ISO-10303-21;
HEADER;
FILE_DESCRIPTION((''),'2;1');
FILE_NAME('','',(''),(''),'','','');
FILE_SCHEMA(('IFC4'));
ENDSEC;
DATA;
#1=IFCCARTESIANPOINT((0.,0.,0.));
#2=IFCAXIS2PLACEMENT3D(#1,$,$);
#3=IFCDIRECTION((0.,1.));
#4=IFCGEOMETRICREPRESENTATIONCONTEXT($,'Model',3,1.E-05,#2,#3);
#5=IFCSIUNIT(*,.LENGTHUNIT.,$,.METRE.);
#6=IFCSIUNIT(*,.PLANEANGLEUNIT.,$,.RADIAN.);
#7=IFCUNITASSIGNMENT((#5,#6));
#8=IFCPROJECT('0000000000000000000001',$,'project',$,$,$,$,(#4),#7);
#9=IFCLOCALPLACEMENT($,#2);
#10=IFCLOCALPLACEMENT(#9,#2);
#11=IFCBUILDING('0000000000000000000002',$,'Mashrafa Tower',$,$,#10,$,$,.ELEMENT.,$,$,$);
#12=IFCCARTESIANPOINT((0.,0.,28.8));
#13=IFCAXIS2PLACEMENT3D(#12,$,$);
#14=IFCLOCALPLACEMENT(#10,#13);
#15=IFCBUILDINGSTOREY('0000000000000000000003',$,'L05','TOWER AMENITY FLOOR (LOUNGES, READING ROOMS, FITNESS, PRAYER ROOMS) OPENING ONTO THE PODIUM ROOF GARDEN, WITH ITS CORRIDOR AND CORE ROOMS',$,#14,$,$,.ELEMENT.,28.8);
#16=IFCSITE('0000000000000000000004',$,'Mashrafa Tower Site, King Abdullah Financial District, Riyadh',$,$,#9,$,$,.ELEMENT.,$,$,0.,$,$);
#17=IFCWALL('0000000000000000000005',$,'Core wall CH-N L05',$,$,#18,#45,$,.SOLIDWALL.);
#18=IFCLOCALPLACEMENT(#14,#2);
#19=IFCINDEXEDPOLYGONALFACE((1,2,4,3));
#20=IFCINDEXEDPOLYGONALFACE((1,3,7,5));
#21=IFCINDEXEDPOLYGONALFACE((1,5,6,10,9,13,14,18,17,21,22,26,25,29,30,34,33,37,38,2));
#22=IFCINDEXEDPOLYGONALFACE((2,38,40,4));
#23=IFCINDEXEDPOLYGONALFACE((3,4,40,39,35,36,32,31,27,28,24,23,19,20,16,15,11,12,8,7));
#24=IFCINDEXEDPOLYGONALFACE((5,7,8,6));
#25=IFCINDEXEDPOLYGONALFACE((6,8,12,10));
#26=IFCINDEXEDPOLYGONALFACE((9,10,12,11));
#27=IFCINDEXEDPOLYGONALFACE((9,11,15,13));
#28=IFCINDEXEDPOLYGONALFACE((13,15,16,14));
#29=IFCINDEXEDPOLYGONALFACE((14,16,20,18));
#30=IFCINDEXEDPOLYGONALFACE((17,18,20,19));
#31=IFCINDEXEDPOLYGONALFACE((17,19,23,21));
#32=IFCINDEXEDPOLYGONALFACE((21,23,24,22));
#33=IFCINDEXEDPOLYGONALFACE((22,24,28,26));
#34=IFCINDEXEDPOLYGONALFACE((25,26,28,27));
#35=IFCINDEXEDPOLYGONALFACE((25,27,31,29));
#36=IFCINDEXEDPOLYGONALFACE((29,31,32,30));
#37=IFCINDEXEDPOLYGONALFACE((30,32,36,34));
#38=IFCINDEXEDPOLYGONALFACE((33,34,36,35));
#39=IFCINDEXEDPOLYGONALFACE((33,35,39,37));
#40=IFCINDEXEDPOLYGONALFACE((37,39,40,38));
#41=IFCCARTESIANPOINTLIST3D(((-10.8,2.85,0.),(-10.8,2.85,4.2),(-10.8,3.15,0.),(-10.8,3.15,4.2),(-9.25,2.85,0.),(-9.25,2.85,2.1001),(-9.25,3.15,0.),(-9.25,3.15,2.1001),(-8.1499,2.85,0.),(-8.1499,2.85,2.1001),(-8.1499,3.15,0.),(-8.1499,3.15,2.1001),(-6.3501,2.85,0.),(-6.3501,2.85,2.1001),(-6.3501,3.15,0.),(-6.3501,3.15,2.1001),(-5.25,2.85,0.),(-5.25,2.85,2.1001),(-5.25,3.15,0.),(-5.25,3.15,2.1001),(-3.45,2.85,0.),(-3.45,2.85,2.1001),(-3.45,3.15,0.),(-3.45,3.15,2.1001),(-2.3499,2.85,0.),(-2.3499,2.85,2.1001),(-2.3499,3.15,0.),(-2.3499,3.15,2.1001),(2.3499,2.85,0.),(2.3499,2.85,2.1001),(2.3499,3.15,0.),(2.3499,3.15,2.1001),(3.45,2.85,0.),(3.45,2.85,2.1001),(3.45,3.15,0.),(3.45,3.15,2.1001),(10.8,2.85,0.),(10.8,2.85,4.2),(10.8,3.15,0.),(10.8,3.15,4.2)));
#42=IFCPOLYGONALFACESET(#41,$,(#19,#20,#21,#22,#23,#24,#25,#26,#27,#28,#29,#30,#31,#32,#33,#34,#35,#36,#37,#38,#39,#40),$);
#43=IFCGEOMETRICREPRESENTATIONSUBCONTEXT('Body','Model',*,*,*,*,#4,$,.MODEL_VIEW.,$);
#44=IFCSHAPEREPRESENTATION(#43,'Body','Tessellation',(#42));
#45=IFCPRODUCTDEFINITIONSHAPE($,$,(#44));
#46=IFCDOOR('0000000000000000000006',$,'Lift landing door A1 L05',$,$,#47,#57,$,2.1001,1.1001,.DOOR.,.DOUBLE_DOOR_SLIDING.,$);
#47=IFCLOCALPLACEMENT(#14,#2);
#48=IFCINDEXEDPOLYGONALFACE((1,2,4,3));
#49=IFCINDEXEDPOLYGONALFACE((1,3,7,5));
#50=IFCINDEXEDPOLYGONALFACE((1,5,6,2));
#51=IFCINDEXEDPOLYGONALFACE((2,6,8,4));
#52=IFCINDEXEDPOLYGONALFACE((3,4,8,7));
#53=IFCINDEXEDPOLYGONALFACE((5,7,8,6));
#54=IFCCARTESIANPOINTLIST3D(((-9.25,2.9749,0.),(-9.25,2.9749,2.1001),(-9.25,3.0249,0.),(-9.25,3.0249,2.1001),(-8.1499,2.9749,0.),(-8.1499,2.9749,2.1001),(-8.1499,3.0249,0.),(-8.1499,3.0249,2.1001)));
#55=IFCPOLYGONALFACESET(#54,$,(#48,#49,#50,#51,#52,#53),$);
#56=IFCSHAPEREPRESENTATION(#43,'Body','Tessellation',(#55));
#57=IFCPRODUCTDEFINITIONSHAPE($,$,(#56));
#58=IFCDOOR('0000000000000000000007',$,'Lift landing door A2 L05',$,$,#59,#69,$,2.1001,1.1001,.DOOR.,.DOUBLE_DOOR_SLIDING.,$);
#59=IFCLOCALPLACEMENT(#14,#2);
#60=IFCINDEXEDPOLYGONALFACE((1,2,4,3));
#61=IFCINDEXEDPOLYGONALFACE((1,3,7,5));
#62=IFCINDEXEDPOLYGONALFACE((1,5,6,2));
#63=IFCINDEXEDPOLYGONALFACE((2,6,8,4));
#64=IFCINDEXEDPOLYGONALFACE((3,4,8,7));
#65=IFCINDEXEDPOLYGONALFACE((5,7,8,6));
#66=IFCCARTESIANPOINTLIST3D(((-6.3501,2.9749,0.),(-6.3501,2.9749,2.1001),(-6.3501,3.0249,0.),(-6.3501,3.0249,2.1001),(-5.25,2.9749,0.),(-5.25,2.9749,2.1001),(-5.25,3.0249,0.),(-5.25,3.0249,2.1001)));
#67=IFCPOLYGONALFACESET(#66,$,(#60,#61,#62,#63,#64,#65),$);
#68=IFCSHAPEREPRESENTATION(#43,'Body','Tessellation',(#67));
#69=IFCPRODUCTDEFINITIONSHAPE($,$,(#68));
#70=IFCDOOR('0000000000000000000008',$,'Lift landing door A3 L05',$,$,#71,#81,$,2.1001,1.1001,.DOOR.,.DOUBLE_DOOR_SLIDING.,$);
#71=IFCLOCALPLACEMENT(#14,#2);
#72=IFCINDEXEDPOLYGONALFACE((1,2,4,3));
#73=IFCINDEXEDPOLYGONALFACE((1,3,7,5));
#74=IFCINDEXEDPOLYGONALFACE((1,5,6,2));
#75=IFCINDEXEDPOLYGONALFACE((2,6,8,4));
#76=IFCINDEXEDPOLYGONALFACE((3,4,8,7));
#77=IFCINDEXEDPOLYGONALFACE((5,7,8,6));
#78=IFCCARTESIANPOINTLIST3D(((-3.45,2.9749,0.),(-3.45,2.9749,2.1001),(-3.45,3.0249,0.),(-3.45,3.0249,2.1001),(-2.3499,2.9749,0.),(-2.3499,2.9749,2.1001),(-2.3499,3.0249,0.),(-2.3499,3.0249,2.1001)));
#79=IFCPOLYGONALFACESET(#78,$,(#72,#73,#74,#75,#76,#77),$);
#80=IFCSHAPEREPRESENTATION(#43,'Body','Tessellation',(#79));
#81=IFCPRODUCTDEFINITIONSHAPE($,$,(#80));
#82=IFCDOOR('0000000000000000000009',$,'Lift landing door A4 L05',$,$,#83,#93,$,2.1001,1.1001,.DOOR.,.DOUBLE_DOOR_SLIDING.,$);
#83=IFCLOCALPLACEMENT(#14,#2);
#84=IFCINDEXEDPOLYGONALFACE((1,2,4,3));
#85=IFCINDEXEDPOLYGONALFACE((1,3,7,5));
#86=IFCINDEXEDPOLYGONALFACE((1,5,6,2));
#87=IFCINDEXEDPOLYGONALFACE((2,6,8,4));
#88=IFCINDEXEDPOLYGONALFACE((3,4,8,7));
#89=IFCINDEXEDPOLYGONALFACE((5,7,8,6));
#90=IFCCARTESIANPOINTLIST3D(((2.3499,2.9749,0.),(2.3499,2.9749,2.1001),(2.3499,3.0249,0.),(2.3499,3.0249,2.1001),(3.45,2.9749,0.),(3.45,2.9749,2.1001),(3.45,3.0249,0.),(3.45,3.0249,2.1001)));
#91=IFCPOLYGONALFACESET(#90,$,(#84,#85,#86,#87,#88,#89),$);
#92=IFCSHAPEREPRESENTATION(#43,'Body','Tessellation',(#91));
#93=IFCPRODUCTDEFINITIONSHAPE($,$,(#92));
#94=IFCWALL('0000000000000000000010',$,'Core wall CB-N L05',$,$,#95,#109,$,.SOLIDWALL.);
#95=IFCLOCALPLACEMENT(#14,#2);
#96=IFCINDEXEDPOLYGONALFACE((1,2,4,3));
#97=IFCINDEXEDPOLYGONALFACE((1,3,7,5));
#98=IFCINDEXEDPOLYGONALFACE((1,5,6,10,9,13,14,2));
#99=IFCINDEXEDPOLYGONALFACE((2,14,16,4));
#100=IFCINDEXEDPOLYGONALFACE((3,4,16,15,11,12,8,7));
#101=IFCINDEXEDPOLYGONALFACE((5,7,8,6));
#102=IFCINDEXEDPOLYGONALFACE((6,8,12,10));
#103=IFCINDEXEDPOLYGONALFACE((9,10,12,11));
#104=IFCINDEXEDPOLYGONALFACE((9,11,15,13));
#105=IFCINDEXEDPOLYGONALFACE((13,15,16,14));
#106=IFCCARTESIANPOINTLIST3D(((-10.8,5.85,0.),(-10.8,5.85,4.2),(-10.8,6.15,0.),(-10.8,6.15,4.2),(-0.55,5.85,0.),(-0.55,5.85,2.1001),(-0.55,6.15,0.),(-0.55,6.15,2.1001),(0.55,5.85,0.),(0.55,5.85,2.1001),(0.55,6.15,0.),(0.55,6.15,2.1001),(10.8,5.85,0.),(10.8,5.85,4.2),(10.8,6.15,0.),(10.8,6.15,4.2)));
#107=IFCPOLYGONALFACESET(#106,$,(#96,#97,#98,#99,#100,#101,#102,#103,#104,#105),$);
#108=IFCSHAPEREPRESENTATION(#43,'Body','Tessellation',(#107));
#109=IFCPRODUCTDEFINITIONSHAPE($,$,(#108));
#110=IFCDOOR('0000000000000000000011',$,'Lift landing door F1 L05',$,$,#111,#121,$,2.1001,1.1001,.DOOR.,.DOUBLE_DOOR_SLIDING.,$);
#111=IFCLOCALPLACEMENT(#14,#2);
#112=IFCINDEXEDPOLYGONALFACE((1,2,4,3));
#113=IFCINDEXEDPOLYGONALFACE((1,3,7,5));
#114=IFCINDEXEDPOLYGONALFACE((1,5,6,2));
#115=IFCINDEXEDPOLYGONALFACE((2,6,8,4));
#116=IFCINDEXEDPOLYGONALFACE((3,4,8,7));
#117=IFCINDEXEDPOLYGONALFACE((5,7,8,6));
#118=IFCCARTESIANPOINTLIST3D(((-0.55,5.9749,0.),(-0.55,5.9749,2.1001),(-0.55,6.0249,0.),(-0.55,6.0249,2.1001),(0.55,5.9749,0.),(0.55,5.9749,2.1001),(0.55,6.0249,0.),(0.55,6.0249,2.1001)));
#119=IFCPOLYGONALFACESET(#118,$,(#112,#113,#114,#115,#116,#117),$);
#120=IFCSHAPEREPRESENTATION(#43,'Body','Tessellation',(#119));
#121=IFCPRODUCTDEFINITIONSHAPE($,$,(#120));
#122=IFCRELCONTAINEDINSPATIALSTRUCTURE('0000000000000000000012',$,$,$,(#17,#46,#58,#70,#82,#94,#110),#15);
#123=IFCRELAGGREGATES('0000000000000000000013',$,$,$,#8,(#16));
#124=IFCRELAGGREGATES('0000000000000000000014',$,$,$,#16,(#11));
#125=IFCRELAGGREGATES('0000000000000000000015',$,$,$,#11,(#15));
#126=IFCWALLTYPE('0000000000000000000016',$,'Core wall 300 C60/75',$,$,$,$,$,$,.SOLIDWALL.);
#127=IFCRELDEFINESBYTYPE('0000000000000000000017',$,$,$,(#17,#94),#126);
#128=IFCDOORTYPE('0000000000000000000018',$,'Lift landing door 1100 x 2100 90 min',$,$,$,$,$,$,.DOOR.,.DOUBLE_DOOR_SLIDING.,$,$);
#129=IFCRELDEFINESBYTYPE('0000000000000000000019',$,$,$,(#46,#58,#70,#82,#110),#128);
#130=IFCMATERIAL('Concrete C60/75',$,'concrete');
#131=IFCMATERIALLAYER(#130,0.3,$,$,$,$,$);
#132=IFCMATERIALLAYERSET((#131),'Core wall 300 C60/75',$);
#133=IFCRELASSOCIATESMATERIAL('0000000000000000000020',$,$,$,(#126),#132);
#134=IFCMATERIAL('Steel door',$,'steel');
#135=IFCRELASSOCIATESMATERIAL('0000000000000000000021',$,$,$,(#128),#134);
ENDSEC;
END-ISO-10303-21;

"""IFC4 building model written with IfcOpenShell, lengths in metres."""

from ifc_helpers import new_model, si_unit, direction, frame, frame_2d, origin, place, context, subcontext, project, spatial, rectangle, extrude, material, layer, layer_set, type_object, element, fill, save


model = new_model("IFC4")

# Units and contexts
model_context = context("Model", 3, precision=1e-05, world=origin(), true_north=direction((0.0, 1.0)))
body_context = subcontext(model_context, "Body", "Model", "MODEL_VIEW")
ifc_project = project(units=[si_unit("LENGTHUNIT", "METRE"), si_unit("PLANEANGLEUNIT", "RADIAN")], contexts=[model_context])

# Site, building, storey
site_placement = place(None, origin())
site = spatial("IfcSite", under=ifc_project, at=site_placement, Name="Mashrafa Tower Site, King Abdullah Financial District, Riyadh", CompositionType="ELEMENT", RefElevation=0.0)
building_placement = place(site_placement, origin())
building = spatial("IfcBuilding", under=site, at=building_placement, Name="Mashrafa Tower", CompositionType="ELEMENT")
storey_placement = place(building_placement, frame((0.0, 0.0, 28.8)))
storey = spatial("IfcBuildingStorey", under=building, at=storey_placement, Name="L05", Description="TOWER AMENITY FLOOR (LOUNGES, READING ROOMS, FITNESS, PRAYER ROOMS) OPENING ONTO THE PODIUM ROOF GARDEN, WITH ITS CORRIDOR AND CORE ROOMS", CompositionType="ELEMENT", Elevation=28.8)

# Wall, openings, doors
ifc_material_1 = material(Name="Concrete C60/75", Category="concrete")
ifc_layer_1 = layer(ifc_material_1, 0.3)
ifc_layer_set_1 = layer_set([ifc_layer_1], Name="Core wall 300 C60/75")
wall_type_1 = type_object("IfcWallType", Name="Core wall 300 C60/75", PredefinedType="SOLIDWALL", material=ifc_layer_set_1)
wall_1_placement = place(storey_placement, frame((-10.8, 3.0, 0.0), z_axis=(0.0, 0.0, 1.0), x_axis=(1.0, 0.0, 0.0)))
wall_1 = element("IfcWall", 1, at=wall_1_placement, inside=storey, type_object=wall_type_1, Name="Core wall CH-N L05", PredefinedType="SOLIDWALL", context=body_context, shape_type="SweptSolid", body=[
    extrude(rectangle(XDim=21.6001, YDim=0.3, at=frame_2d((10.8, 0.0))), origin(), (0.0, 0.0, 1.0), 4.2),
])
opening_1_placement = place(wall_1_placement, frame((1.55, 0.0, 0.0)))
opening_1 = element("IfcOpeningElement", 2, at=opening_1_placement, cuts=wall_1, PredefinedType="OPENING", context=body_context, shape_type="SweptSolid", body=[
    extrude(rectangle(XDim=1.1001, YDim=2.1001, at=frame_2d((0.55, 1.05))), frame((0.0, 0.1599, 0.0), z_axis=(0.0, -1.0, 0.0), x_axis=(1.0, 0.0, 0.0)), (0.0, 0.0, 1.0), 0.3201),
])
opening_2_placement = place(wall_1_placement, frame((4.45, 0.0, 0.0)))
opening_2 = element("IfcOpeningElement", 3, at=opening_2_placement, cuts=wall_1, PredefinedType="OPENING", context=body_context, shape_type="SweptSolid", body=[
    extrude(rectangle(XDim=1.1001, YDim=2.1001, at=frame_2d((0.55, 1.05))), frame((0.0, 0.1599, 0.0), z_axis=(0.0, -1.0, 0.0), x_axis=(1.0, 0.0, 0.0)), (0.0, 0.0, 1.0), 0.3201),
])
opening_3_placement = place(wall_1_placement, frame((7.3501, 0.0, 0.0)))
opening_3 = element("IfcOpeningElement", 4, at=opening_3_placement, cuts=wall_1, PredefinedType="OPENING", context=body_context, shape_type="SweptSolid", body=[
    extrude(rectangle(XDim=1.1001, YDim=2.1001, at=frame_2d((0.55, 1.05))), frame((0.0, 0.1599, 0.0), z_axis=(0.0, -1.0, 0.0), x_axis=(1.0, 0.0, 0.0)), (0.0, 0.0, 1.0), 0.3201),
])
opening_4_placement = place(wall_1_placement, frame((13.1499, 0.0, 0.0)))
opening_4 = element("IfcOpeningElement", 5, at=opening_4_placement, cuts=wall_1, PredefinedType="OPENING", context=body_context, shape_type="SweptSolid", body=[
    extrude(rectangle(XDim=1.1001, YDim=2.1001, at=frame_2d((0.55, 1.05))), frame((0.0, 0.1599, 0.0), z_axis=(0.0, -1.0, 0.0), x_axis=(1.0, 0.0, 0.0)), (0.0, 0.0, 1.0), 0.3201),
])
ifc_material_2 = material(Name="Steel door", Category="steel")
door_type_1 = type_object("IfcDoorType", Name="Lift landing door 1100 x 2100 90 min", OperationType="DOUBLE_DOOR_SLIDING", PredefinedType="DOOR", material=ifc_material_2)
door_1_placement = place(opening_1_placement, origin())
door_1 = element("IfcDoor", 6, at=door_1_placement, inside=storey, type_object=door_type_1, Name="Lift landing door A1 L05", OperationType="DOUBLE_DOOR_SLIDING", OverallHeight=2.1001, OverallWidth=1.1001, PredefinedType="DOOR", context=body_context, shape_type="SweptSolid", body=[
    extrude(rectangle(XDim=1.1001, YDim=2.1001, at=frame_2d((0.55, 1.05))), frame((0.0, 0.0249, 0.0), z_axis=(0.0, -1.0, 0.0), x_axis=(1.0, 0.0, 0.0)), (0.0, 0.0, 1.0), 0.05),
])
fill(opening_1, door_1)
door_2_placement = place(opening_2_placement, origin())
door_2 = element("IfcDoor", 7, at=door_2_placement, inside=storey, type_object=door_type_1, Name="Lift landing door A2 L05", OperationType="DOUBLE_DOOR_SLIDING", OverallHeight=2.1001, OverallWidth=1.1001, PredefinedType="DOOR", context=body_context, shape_type="SweptSolid", body=[
    extrude(rectangle(XDim=1.1001, YDim=2.1001, at=frame_2d((0.55, 1.05))), frame((0.0, 0.0249, 0.0), z_axis=(0.0, -1.0, 0.0), x_axis=(1.0, 0.0, 0.0)), (0.0, 0.0, 1.0), 0.05),
])
fill(opening_2, door_2)
door_3_placement = place(opening_3_placement, origin())
door_3 = element("IfcDoor", 8, at=door_3_placement, inside=storey, type_object=door_type_1, Name="Lift landing door A3 L05", OperationType="DOUBLE_DOOR_SLIDING", OverallHeight=2.1001, OverallWidth=1.1001, PredefinedType="DOOR", context=body_context, shape_type="SweptSolid", body=[
    extrude(rectangle(XDim=1.1001, YDim=2.1001, at=frame_2d((0.55, 1.05))), frame((0.0, 0.0249, 0.0), z_axis=(0.0, -1.0, 0.0), x_axis=(1.0, 0.0, 0.0)), (0.0, 0.0, 1.0), 0.05),
])
fill(opening_3, door_3)
door_4_placement = place(opening_4_placement, origin())
door_4 = element("IfcDoor", 9, at=door_4_placement, inside=storey, type_object=door_type_1, Name="Lift landing door A4 L05", OperationType="DOUBLE_DOOR_SLIDING", OverallHeight=2.1001, OverallWidth=1.1001, PredefinedType="DOOR", context=body_context, shape_type="SweptSolid", body=[
    extrude(rectangle(XDim=1.1001, YDim=2.1001, at=frame_2d((0.55, 1.05))), frame((0.0, 0.0249, 0.0), z_axis=(0.0, -1.0, 0.0), x_axis=(1.0, 0.0, 0.0)), (0.0, 0.0, 1.0), 0.05),
])
fill(opening_4, door_4)

# Wall, opening, door
wall_2_placement = place(storey_placement, frame((-10.8, 6.0, 0.0), z_axis=(0.0, 0.0, 1.0), x_axis=(1.0, 0.0, 0.0)))
wall_2 = element("IfcWall", 10, at=wall_2_placement, inside=storey, type_object=wall_type_1, Name="Core wall CB-N L05", PredefinedType="SOLIDWALL", context=body_context, shape_type="SweptSolid", body=[
    extrude(rectangle(XDim=21.6001, YDim=0.3, at=frame_2d((10.8, 0.0))), origin(), (0.0, 0.0, 1.0), 4.2),
])
opening_5_placement = place(wall_2_placement, frame((10.25, 0.0, 0.0)))
opening_5 = element("IfcOpeningElement", 11, at=opening_5_placement, cuts=wall_2, PredefinedType="OPENING", context=body_context, shape_type="SweptSolid", body=[
    extrude(rectangle(XDim=1.1001, YDim=2.1001, at=frame_2d((0.55, 1.05))), frame((0.0, 0.1599, 0.0), z_axis=(0.0, -1.0, 0.0), x_axis=(1.0, 0.0, 0.0)), (0.0, 0.0, 1.0), 0.3201),
])
door_5_placement = place(opening_5_placement, origin())
door_5 = element("IfcDoor", 12, at=door_5_placement, inside=storey, type_object=door_type_1, Name="Lift landing door F1 L05", OperationType="DOUBLE_DOOR_SLIDING", OverallHeight=2.1001, OverallWidth=1.1001, PredefinedType="DOOR", context=body_context, shape_type="SweptSolid", body=[
    extrude(rectangle(XDim=1.1001, YDim=2.1001, at=frame_2d((0.55, 1.05))), frame((0.0, 0.0249, 0.0), z_axis=(0.0, -1.0, 0.0), x_axis=(1.0, 0.0, 0.0)), (0.0, 0.0, 1.0), 0.05),
])
fill(opening_5, door_5)

save(model, "model.ifc")
